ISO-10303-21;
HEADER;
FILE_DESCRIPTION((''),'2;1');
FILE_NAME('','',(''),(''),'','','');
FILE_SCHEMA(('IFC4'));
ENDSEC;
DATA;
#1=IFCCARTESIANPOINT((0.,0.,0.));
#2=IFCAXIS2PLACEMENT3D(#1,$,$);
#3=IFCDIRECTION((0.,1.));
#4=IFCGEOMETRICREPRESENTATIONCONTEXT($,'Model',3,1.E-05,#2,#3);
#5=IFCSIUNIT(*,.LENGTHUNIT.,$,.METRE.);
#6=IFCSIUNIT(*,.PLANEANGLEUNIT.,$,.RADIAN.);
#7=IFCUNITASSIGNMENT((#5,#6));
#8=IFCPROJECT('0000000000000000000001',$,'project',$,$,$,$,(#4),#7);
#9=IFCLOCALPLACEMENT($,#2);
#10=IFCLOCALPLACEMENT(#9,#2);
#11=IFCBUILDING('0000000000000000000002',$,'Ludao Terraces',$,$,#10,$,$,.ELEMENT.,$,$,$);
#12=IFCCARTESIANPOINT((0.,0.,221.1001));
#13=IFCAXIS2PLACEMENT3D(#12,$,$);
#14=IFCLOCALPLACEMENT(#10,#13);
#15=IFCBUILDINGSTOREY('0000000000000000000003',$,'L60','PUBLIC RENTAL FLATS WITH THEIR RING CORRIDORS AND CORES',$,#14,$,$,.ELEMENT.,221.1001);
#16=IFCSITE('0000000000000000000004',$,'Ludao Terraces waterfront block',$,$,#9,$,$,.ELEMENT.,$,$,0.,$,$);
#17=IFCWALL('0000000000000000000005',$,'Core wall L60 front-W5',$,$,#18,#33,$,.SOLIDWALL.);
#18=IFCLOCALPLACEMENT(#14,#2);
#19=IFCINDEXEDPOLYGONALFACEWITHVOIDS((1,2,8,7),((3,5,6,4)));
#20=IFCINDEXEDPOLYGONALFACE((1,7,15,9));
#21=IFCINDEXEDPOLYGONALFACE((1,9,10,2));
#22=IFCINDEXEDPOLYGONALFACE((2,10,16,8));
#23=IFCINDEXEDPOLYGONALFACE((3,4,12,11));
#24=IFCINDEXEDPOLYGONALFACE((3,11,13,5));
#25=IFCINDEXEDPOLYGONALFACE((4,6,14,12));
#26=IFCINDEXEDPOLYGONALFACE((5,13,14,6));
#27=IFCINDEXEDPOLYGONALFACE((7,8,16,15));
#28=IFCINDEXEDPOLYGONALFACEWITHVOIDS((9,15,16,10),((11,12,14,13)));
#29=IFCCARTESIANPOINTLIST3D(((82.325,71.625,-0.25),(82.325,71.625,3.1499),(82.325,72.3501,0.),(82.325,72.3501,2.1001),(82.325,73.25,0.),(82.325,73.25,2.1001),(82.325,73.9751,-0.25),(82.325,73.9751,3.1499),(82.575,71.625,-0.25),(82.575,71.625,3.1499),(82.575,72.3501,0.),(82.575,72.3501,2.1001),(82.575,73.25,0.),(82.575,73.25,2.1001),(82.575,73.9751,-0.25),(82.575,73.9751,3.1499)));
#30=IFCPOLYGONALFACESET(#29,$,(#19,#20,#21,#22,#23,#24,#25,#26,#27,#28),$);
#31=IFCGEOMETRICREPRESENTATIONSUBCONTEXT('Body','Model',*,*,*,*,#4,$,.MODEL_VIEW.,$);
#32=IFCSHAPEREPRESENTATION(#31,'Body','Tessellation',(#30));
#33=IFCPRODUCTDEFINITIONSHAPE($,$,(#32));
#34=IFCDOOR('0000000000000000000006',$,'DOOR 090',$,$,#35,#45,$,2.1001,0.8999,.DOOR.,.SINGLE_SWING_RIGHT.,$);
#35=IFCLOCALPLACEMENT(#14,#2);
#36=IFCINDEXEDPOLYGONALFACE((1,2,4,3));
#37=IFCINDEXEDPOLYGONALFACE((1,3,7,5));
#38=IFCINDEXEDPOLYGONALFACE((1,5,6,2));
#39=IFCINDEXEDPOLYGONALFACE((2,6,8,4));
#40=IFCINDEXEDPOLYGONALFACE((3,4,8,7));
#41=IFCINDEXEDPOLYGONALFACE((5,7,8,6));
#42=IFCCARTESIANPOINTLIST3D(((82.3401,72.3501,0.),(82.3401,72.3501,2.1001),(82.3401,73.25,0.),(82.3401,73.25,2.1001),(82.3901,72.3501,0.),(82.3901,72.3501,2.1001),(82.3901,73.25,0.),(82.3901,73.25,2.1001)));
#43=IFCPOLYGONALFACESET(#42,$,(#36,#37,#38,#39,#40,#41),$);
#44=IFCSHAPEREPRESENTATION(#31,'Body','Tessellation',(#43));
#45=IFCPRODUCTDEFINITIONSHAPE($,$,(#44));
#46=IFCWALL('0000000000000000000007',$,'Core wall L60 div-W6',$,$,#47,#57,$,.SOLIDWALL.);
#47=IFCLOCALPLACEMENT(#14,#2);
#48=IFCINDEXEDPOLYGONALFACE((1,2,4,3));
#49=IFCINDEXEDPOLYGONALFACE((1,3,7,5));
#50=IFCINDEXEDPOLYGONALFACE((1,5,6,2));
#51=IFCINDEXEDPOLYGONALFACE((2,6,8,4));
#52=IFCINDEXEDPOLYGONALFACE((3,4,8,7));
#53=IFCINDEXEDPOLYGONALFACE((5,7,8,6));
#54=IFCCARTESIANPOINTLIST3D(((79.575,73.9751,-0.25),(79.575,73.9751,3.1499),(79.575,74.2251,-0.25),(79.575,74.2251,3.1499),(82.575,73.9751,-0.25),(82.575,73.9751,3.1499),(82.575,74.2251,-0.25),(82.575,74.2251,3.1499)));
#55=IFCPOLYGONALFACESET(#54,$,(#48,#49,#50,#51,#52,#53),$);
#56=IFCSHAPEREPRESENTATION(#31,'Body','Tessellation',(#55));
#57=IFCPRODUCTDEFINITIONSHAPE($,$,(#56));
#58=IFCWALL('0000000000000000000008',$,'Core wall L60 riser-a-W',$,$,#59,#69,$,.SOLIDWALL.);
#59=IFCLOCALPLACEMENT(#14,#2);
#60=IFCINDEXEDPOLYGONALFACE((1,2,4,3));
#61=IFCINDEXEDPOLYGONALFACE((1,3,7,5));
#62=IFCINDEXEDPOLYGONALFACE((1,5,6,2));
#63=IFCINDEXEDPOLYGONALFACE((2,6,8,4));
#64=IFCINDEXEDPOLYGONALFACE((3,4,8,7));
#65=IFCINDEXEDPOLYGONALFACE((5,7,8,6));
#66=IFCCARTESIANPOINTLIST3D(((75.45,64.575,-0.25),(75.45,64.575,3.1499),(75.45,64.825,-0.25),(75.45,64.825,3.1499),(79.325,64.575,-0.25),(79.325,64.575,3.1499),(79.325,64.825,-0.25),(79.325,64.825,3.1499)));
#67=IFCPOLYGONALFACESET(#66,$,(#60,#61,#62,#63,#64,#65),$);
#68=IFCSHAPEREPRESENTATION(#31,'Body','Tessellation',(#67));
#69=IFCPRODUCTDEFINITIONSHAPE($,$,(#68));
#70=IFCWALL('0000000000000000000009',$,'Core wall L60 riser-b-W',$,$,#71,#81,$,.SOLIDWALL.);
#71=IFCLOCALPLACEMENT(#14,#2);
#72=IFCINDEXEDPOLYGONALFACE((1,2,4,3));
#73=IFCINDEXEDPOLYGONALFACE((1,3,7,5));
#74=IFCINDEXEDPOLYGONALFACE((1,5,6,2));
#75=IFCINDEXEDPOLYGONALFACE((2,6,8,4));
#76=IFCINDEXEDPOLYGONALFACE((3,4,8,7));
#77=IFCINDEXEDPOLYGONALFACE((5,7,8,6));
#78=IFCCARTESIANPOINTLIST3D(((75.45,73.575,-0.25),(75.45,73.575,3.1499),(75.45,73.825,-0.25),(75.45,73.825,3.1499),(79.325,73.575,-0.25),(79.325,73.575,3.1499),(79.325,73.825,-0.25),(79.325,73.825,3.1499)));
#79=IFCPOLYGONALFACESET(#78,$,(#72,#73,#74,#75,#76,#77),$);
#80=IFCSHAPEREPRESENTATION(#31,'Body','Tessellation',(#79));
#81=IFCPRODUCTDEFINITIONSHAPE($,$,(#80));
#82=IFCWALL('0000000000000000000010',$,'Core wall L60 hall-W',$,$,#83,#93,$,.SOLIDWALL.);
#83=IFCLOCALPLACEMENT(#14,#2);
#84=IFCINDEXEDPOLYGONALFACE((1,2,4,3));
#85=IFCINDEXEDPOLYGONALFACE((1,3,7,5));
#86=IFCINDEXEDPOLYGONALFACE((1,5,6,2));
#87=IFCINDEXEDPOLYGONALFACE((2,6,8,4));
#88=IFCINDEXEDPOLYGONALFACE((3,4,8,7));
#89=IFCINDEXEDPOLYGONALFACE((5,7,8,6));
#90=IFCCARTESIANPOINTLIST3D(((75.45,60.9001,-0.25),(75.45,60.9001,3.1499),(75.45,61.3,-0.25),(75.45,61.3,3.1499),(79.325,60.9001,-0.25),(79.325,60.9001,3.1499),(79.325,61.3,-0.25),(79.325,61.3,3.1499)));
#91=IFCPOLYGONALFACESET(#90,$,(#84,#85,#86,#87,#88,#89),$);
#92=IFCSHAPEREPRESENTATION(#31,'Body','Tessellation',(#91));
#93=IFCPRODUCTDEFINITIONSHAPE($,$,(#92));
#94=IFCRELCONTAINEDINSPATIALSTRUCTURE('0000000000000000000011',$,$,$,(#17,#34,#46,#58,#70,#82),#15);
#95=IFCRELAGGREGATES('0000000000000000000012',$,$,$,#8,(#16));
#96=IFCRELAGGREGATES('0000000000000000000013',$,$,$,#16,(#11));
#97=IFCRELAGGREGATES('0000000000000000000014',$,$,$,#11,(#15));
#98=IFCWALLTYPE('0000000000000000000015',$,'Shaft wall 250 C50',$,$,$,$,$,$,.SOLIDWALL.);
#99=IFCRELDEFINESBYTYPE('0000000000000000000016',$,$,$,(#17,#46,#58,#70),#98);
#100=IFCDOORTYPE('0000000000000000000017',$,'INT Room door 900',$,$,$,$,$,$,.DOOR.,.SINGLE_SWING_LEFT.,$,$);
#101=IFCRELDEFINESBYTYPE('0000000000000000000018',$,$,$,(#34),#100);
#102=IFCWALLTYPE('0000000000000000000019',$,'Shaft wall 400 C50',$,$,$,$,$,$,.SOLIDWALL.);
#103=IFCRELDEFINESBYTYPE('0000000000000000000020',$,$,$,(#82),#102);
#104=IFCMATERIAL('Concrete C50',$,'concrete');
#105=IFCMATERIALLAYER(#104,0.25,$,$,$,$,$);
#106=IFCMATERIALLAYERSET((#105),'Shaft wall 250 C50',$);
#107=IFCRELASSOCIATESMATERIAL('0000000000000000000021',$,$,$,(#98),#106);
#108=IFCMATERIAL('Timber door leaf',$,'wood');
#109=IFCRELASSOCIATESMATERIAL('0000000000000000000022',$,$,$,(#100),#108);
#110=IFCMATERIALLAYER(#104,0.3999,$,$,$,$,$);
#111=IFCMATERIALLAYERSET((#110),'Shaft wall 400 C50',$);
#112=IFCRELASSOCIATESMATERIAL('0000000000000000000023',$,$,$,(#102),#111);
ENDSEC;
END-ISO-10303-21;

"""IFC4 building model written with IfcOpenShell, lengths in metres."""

from ifc_helpers import new_model, si_unit, direction, frame, frame_2d, origin, place, context, subcontext, project, spatial, rectangle, extrude, material, layer, layer_set, type_object, element, fill, save


model = new_model("IFC4")

# Units and contexts
model_context = context("Model", 3, precision=1e-05, world=origin(), true_north=direction((0.0, 1.0)))
body_context = subcontext(model_context, "Body", "Model", "MODEL_VIEW")
ifc_project = project(units=[si_unit("LENGTHUNIT", "METRE"), si_unit("PLANEANGLEUNIT", "RADIAN")], contexts=[model_context])

# Site, building, storey
site_placement = place(None, origin())
site = spatial("IfcSite", under=ifc_project, at=site_placement, Name="Ludao Terraces waterfront block", CompositionType="ELEMENT", RefElevation=0.0)
building_placement = place(site_placement, origin())
building = spatial("IfcBuilding", under=site, at=building_placement, Name="Ludao Terraces", CompositionType="ELEMENT")
storey_placement = place(building_placement, frame((0.0, 0.0, 221.1001)))
storey = spatial("IfcBuildingStorey", under=building, at=storey_placement, Name="L60", Description="PUBLIC RENTAL FLATS WITH THEIR RING CORRIDORS AND CORES", CompositionType="ELEMENT", Elevation=221.1001)

# Shared definitions
ifc_material_1 = material(Name="Timber door leaf", Category="wood")

# Shared definitions
ifc_material_2 = material(Name="Concrete C50", Category="concrete")
ifc_layer_1 = layer(ifc_material_2, 0.25)
ifc_layer_set_1 = layer_set([ifc_layer_1], Name="Shaft wall 250 C50")
wall_type_1 = type_object("IfcWallType", Name="Shaft wall 250 C50", PredefinedType="SOLIDWALL", material=ifc_layer_set_1)

# Shared definitions
door_type_1 = type_object("IfcDoorType", Name="INT Room door 900", OperationType="SINGLE_SWING_LEFT", PredefinedType="DOOR", material=ifc_material_1)

# Wall, opening, door
wall_1_placement = place(storey_placement, frame((82.45, 71.625, -0.25), z_axis=(0.0, 0.0, 1.0), x_axis=(0.0, 1.0, 0.0)))
wall_1 = element("IfcWall", 1, at=wall_1_placement, inside=storey, type_object=wall_type_1, Name="Core wall L60 front-W5", PredefinedType="SOLIDWALL", context=body_context, shape_type="SweptSolid", body=[
    extrude(rectangle(XDim=2.3501, YDim=0.25, at=frame_2d((1.175, 0.0))), origin(), (0.0, 0.0, 1.0), 3.3999),
])
opening_1_placement = place(wall_1_placement, frame((0.7251, 0.0, 0.25)))
opening_1 = element("IfcOpeningElement", 2, at=opening_1_placement, cuts=wall_1, PredefinedType="OPENING", context=body_context, shape_type="SweptSolid", body=[
    extrude(rectangle(XDim=0.8999, YDim=2.1001, at=frame_2d((0.45, 1.05))), frame((0.0, 0.135, 0.0), z_axis=(0.0, -1.0, 0.0), x_axis=(1.0, 0.0, 0.0)), (0.0, 0.0, 1.0), 0.27),
])
door_1_placement = place(opening_1_placement, origin())
door_1 = element("IfcDoor", 3, at=door_1_placement, inside=storey, type_object=door_type_1, Name="DOOR 090", OperationType="SINGLE_SWING_RIGHT", OverallHeight=2.1001, OverallWidth=0.8999, PredefinedType="DOOR", context=body_context, shape_type="SweptSolid", body=[
    extrude(rectangle(XDim=0.8999, YDim=2.1001, at=frame_2d((0.45, 1.05))), frame((0.0, 0.1099, 0.0), z_axis=(0.0, -1.0, 0.0), x_axis=(1.0, 0.0, 0.0)), (0.0, 0.0, 1.0), 0.05),
])
fill(opening_1, door_1)

# Walls
wall_2_placement = place(storey_placement, frame((79.575, 74.1001, -0.25), z_axis=(0.0, 0.0, 1.0), x_axis=(1.0, 0.0, 0.0)))
element("IfcWall", 4, at=wall_2_placement, inside=storey, type_object=wall_type_1, Name="Core wall L60 div-W6", PredefinedType="SOLIDWALL", context=body_context, shape_type="SweptSolid", body=[
    extrude(rectangle(XDim=3.0, YDim=0.25, at=frame_2d((1.5, 0.0))), origin(), (0.0, 0.0, 1.0), 3.3999),
])
for number, where, z_axis, x_axis, name in (
    (5, (75.45, 64.7, -0.25), (0.0, 0.0, 1.0), (1.0, 0.0, 0.0), "Core wall L60 riser-a-W"),
    (6, (75.45, 73.7, -0.25), (0.0, 0.0, 1.0), (1.0, 0.0, 0.0), "Core wall L60 riser-b-W"),
):
    element("IfcWall", number, at=place(storey_placement, frame(where, z_axis=z_axis, x_axis=x_axis)), inside=storey, type_object=wall_type_1, Name=name, PredefinedType="SOLIDWALL", context=body_context, shape_type="SweptSolid", body=[
        extrude(rectangle(XDim=3.875, YDim=0.25, at=frame_2d((1.9375, 0.0))), origin(), (0.0, 0.0, 1.0), 3.3999),
    ])
ifc_layer_2 = layer(ifc_material_2, 0.3999)
ifc_layer_set_2 = layer_set([ifc_layer_2], Name="Shaft wall 400 C50")
wall_type_2 = type_object("IfcWallType", Name="Shaft wall 400 C50", PredefinedType="SOLIDWALL", material=ifc_layer_set_2)
wall_3_placement = place(storey_placement, frame((75.45, 61.1001, -0.25), z_axis=(0.0, 0.0, 1.0), x_axis=(1.0, 0.0, 0.0)))
element("IfcWall", 7, at=wall_3_placement, inside=storey, type_object=wall_type_2, Name="Core wall L60 hall-W", PredefinedType="SOLIDWALL", context=body_context, shape_type="SweptSolid", body=[
    extrude(rectangle(XDim=3.875, YDim=0.3999, at=frame_2d((1.9375, 0.0))), origin(), (0.0, 0.0, 1.0), 3.3999),
])

save(model, "model.ifc")
